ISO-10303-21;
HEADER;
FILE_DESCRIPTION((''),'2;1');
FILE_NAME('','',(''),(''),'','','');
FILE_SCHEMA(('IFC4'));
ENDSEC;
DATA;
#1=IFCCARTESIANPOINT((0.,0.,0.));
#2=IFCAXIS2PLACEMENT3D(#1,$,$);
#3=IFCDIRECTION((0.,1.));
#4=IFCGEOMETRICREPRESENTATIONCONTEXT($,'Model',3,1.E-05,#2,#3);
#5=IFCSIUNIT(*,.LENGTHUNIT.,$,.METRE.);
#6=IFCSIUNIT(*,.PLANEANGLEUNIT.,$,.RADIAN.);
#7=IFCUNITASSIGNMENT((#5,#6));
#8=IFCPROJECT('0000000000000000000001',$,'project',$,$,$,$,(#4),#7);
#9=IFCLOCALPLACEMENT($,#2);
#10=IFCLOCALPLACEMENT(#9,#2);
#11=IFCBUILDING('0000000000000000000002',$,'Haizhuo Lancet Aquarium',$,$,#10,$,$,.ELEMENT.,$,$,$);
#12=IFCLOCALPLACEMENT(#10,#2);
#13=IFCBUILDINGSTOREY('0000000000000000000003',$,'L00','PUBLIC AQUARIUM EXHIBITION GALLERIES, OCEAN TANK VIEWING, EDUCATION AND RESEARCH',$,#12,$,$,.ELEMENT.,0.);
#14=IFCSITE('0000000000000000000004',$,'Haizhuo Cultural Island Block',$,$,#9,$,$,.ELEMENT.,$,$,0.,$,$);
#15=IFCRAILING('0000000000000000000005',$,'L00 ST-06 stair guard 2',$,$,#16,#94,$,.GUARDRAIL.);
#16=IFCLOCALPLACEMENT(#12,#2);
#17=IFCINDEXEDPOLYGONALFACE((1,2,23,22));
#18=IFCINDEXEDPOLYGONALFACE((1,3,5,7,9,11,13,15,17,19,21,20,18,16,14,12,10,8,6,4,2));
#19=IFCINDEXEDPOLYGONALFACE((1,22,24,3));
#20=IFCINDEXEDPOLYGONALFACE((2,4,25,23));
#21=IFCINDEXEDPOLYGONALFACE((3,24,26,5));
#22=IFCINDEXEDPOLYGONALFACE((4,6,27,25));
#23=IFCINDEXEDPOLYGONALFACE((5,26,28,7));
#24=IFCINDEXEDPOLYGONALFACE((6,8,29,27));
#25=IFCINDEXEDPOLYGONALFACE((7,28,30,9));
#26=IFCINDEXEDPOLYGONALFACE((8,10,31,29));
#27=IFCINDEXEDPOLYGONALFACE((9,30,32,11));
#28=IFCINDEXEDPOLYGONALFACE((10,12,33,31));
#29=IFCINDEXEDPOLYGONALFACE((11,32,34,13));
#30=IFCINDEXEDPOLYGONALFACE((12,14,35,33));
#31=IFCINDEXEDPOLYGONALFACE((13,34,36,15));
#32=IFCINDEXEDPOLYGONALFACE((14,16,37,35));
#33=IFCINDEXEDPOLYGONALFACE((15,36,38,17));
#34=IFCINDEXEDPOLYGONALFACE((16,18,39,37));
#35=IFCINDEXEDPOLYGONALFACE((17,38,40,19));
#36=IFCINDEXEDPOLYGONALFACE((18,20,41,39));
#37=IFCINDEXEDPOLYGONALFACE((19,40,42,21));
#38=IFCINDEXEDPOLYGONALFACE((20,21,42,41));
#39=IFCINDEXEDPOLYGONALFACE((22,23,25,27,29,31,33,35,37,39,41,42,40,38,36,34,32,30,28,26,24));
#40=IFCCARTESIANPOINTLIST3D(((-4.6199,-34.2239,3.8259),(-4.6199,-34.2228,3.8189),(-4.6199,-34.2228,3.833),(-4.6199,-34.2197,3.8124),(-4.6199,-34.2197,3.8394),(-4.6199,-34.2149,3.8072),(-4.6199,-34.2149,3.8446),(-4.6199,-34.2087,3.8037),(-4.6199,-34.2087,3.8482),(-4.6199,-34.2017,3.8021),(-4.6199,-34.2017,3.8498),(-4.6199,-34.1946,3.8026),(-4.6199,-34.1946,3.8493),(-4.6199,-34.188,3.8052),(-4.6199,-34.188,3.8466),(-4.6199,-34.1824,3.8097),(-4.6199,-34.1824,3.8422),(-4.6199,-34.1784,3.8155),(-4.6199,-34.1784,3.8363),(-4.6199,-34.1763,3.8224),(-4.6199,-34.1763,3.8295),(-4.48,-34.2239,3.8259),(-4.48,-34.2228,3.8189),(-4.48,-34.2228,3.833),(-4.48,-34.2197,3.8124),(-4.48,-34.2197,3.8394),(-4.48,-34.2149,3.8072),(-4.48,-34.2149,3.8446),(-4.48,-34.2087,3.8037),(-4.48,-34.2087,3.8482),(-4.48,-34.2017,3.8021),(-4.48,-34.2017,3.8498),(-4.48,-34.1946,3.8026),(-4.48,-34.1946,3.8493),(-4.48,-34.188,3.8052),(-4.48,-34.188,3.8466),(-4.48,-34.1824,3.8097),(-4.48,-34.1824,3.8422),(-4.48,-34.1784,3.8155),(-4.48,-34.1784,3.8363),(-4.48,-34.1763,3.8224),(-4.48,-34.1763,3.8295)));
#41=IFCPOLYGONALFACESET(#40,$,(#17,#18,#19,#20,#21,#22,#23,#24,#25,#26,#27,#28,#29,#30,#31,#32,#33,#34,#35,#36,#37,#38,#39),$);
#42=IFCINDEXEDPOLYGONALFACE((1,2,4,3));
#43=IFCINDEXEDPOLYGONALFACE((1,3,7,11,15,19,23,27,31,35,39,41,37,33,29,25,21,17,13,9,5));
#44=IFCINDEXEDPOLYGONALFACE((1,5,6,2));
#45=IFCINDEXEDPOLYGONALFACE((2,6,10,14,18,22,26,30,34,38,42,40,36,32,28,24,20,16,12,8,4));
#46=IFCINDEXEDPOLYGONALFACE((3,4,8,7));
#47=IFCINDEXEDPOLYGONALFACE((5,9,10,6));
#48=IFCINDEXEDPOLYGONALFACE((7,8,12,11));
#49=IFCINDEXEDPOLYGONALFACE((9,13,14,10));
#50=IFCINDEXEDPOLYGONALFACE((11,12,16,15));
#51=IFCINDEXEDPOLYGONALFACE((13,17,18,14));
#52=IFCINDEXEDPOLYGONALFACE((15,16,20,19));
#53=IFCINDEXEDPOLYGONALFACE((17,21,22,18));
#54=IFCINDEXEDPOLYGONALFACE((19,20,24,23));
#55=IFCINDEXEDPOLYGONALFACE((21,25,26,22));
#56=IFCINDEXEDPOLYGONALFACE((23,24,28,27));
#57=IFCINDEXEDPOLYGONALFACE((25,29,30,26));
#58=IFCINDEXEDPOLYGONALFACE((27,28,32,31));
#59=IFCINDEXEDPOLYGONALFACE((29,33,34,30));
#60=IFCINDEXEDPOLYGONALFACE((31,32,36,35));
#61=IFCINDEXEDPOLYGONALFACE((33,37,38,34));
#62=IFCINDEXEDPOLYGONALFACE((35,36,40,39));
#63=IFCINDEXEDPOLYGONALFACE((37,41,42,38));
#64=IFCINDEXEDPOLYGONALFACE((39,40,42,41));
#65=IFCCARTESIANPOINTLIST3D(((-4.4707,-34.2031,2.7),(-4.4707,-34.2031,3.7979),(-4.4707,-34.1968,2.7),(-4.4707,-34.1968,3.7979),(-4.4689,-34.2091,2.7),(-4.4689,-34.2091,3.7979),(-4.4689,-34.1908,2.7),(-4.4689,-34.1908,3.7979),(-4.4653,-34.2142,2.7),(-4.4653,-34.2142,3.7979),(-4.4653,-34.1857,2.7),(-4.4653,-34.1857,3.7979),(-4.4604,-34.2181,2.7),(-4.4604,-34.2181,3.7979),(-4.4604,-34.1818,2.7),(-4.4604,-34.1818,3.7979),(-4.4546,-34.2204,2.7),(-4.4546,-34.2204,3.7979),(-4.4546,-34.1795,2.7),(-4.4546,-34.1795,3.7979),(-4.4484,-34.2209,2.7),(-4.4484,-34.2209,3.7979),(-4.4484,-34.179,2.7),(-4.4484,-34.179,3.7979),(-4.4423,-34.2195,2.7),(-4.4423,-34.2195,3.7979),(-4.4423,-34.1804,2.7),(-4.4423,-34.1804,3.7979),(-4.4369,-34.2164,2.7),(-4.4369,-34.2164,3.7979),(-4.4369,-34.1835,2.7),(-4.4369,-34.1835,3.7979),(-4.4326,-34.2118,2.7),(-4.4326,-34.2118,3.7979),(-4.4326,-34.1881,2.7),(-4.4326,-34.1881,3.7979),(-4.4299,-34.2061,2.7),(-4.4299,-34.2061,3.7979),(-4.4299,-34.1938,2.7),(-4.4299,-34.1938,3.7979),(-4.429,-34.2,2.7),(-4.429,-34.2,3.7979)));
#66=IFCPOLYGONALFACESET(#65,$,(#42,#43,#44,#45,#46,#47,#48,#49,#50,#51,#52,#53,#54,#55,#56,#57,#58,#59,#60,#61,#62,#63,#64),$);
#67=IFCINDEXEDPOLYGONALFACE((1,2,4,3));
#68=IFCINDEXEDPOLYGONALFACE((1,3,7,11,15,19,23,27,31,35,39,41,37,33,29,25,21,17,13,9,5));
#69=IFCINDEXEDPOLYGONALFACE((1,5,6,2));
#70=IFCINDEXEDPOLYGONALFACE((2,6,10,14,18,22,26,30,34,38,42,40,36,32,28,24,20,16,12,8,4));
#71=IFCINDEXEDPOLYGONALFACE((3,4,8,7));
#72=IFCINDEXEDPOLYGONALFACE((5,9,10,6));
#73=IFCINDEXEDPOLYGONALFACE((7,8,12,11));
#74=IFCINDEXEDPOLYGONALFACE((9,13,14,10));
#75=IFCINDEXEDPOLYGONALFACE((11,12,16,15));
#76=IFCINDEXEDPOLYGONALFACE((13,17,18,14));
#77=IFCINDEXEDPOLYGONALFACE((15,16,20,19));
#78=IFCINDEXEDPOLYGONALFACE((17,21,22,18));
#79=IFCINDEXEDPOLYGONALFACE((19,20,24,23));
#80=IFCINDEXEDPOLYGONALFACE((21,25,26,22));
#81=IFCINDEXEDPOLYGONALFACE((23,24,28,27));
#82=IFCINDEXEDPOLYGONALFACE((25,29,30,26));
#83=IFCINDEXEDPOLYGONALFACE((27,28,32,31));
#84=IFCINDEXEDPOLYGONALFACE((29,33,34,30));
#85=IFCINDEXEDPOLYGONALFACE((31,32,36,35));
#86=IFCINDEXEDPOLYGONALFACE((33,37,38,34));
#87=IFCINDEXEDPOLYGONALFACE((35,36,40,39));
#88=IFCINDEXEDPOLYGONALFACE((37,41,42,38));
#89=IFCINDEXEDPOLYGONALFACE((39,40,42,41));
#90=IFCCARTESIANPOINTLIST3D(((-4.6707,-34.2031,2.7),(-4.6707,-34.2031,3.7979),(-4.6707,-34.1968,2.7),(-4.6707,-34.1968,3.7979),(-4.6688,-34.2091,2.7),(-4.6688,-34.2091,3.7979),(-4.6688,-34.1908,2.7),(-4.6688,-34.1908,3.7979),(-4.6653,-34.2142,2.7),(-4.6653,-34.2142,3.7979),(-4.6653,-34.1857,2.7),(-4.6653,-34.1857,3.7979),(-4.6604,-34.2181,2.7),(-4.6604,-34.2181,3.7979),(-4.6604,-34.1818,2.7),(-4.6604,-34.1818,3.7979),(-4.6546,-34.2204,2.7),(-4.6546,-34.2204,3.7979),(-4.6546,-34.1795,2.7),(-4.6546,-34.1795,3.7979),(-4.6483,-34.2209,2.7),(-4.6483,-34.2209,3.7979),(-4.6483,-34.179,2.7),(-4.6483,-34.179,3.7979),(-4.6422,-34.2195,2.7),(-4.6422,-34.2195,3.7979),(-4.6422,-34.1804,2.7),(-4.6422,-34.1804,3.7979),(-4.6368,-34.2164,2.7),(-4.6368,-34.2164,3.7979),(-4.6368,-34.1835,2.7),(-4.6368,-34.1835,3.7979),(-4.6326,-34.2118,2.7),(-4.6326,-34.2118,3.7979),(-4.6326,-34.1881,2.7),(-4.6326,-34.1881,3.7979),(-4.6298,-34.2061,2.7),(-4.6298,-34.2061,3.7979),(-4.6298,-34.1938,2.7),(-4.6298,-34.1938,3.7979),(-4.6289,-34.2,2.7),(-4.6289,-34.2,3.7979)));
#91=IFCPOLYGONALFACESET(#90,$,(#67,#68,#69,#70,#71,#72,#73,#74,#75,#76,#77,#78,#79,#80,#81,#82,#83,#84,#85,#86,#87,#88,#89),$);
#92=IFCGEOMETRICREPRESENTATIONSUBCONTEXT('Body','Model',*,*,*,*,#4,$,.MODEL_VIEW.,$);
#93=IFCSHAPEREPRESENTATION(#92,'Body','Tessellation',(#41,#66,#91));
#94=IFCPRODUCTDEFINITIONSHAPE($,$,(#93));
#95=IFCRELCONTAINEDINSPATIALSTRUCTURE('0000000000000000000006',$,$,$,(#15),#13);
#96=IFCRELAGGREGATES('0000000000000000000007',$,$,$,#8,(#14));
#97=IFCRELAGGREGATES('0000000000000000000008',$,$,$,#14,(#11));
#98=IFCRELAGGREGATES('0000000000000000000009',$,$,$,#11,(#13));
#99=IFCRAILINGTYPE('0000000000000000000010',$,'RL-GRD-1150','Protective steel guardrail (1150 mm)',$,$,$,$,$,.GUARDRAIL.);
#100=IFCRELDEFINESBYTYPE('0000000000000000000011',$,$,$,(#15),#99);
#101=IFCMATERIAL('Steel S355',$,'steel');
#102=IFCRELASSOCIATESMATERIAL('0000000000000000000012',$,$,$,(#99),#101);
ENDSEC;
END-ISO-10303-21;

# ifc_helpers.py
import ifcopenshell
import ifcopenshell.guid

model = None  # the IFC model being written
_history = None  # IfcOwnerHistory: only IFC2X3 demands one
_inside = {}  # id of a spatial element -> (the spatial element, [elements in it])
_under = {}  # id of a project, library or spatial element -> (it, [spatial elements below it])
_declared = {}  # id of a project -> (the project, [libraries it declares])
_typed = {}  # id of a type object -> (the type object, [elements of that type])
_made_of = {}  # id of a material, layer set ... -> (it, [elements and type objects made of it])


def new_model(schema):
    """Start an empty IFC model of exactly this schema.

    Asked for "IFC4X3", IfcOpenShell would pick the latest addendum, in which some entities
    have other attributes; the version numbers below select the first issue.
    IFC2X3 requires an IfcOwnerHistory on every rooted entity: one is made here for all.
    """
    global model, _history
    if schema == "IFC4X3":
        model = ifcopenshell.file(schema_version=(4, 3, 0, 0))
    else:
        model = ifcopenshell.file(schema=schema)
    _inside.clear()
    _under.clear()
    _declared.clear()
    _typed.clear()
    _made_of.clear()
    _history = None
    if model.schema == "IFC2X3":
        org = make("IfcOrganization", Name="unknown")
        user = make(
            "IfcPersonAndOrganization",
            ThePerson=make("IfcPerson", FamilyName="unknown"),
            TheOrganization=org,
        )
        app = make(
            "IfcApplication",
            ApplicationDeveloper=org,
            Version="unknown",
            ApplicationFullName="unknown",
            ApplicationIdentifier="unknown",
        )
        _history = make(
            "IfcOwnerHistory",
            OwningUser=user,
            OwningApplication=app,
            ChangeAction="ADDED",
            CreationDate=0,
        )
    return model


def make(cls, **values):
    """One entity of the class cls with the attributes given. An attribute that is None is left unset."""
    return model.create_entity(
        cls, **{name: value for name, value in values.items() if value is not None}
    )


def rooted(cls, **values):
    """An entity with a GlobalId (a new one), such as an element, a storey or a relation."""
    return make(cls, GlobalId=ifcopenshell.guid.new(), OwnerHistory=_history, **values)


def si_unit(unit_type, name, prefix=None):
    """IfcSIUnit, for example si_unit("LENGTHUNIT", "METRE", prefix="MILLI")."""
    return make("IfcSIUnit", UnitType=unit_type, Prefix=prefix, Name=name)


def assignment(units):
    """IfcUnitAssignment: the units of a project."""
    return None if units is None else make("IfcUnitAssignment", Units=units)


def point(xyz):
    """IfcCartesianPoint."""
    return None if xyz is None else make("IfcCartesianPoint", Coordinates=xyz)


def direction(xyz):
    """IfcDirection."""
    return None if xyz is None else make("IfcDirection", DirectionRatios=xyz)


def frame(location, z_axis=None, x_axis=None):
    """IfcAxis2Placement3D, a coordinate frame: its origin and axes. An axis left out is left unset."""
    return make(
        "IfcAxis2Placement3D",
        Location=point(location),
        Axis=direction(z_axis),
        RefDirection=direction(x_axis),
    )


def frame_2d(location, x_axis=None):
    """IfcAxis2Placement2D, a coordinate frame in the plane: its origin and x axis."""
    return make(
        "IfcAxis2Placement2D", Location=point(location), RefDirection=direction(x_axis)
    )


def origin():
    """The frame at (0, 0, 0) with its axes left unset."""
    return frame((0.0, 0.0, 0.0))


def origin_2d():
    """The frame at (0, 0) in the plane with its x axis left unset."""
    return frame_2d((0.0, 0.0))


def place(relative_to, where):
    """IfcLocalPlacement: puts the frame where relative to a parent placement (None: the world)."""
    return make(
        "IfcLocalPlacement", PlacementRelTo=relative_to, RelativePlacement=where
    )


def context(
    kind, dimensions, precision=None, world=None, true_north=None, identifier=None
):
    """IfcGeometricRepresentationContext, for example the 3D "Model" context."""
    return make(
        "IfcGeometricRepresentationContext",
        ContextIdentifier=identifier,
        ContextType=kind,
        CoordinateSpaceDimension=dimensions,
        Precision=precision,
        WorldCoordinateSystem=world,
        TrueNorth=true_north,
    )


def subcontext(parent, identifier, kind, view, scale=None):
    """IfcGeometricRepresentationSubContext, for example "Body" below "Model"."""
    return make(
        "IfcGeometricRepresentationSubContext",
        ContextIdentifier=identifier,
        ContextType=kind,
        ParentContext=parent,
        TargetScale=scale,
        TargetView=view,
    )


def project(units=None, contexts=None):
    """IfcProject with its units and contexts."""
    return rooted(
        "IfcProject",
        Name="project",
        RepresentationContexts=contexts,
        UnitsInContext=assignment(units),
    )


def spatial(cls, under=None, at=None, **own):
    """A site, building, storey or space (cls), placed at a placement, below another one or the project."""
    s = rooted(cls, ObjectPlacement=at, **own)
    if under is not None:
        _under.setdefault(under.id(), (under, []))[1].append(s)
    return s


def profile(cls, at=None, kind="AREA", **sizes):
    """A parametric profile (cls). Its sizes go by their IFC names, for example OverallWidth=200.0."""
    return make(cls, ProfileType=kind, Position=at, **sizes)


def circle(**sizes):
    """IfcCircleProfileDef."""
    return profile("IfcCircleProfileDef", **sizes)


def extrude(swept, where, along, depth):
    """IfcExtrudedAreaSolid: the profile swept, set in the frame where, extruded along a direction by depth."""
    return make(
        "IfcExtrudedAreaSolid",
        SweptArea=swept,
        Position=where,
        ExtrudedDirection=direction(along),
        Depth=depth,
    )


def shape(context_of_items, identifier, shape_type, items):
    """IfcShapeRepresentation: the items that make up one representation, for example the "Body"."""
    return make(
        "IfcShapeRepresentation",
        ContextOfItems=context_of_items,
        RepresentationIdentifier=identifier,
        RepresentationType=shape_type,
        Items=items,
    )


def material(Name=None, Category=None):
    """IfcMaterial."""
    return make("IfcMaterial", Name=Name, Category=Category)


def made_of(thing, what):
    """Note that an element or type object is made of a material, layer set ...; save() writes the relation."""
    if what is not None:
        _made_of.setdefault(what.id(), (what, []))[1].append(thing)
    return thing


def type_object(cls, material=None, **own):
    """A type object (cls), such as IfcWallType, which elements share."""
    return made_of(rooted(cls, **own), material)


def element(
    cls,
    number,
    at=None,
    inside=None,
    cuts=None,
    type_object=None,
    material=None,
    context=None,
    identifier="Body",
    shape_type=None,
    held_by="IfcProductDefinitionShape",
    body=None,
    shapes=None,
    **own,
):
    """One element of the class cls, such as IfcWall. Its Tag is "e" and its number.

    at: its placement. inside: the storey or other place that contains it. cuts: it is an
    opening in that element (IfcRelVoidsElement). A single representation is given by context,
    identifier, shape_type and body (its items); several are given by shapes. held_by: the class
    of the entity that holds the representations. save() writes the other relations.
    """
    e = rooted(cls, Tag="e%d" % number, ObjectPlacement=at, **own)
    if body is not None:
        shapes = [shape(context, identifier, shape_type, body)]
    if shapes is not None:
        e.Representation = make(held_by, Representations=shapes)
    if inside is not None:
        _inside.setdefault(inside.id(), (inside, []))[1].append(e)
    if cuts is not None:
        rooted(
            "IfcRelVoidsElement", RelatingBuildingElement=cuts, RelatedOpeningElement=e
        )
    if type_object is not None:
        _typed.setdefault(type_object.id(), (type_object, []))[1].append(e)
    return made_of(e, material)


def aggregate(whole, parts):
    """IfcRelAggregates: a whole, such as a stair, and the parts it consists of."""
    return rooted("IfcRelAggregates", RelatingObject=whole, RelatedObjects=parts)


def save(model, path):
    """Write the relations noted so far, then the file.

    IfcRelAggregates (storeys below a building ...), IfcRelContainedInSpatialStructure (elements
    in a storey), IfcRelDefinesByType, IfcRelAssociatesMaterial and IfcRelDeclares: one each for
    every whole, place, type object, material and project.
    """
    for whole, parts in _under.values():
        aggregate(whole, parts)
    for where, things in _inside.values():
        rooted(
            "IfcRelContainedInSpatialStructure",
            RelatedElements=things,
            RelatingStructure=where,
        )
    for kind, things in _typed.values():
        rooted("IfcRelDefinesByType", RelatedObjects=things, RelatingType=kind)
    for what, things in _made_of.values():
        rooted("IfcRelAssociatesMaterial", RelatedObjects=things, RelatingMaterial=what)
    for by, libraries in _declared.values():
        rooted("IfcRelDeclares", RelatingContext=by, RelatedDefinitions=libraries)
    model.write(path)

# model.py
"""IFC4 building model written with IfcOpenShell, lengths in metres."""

from ifc_helpers import new_model, si_unit, direction, frame, origin, origin_2d, place, context, subcontext, project, spatial, circle, extrude, material, type_object, element, save


model = new_model("IFC4")

# Units and contexts
model_context = context("Model", 3, precision=1e-05, world=origin(), true_north=direction((0.0, 1.0)))
body_context = subcontext(model_context, "Body", "Model", "MODEL_VIEW")
ifc_project = project(units=[si_unit("LENGTHUNIT", "METRE"), si_unit("PLANEANGLEUNIT", "RADIAN")], contexts=[model_context])

# Site, building, storey
site_placement = place(None, origin())
site = spatial("IfcSite", under=ifc_project, at=site_placement, Name="Haizhuo Cultural Island Block", CompositionType="ELEMENT", RefElevation=0.0)
building_placement = place(site_placement, origin())
building = spatial("IfcBuilding", under=site, at=building_placement, Name="Haizhuo Lancet Aquarium", CompositionType="ELEMENT")
storey_placement = place(building_placement, origin())
storey = spatial("IfcBuildingStorey", under=building, at=storey_placement, Name="L00", Description="PUBLIC AQUARIUM EXHIBITION GALLERIES, OCEAN TANK VIEWING, EDUCATION AND RESEARCH", CompositionType="ELEMENT", Elevation=0.0)

# Shared definitions
ifc_material_1 = material(Name="Steel S355", Category="steel")

# Railing
railing_type_1 = type_object("IfcRailingType", Name="RL-GRD-1150", Description="Protective steel guardrail (1150 mm)", PredefinedType="GUARDRAIL", material=ifc_material_1)
railing_1_placement = place(storey_placement, frame((-4.45, -34.2, 2.7)))
element("IfcRailing", 1, at=railing_1_placement, inside=storey, type_object=railing_type_1, Name="L00 ST-06 stair guard 2", PredefinedType="GUARDRAIL", context=body_context, shape_type="SweptSolid", body=[
    extrude(circle(Radius=0.0239, at=origin_2d()), frame((-0.03, 0.0, 1.126), z_axis=(-1.0, 0.0, 0.0), x_axis=(0.0, -1.0, 0.0)), (0.0, 0.0, 1.0), 0.1399),
    extrude(circle(Radius=0.021, at=origin_2d()), origin(), (0.0, 0.0, 1.0), 1.0979),
    extrude(circle(Radius=0.021, at=origin_2d()), frame((-0.2, 0.0, 0.0)), (0.0, 0.0, 1.0), 1.0979),
])

save(model, "model.ifc")
